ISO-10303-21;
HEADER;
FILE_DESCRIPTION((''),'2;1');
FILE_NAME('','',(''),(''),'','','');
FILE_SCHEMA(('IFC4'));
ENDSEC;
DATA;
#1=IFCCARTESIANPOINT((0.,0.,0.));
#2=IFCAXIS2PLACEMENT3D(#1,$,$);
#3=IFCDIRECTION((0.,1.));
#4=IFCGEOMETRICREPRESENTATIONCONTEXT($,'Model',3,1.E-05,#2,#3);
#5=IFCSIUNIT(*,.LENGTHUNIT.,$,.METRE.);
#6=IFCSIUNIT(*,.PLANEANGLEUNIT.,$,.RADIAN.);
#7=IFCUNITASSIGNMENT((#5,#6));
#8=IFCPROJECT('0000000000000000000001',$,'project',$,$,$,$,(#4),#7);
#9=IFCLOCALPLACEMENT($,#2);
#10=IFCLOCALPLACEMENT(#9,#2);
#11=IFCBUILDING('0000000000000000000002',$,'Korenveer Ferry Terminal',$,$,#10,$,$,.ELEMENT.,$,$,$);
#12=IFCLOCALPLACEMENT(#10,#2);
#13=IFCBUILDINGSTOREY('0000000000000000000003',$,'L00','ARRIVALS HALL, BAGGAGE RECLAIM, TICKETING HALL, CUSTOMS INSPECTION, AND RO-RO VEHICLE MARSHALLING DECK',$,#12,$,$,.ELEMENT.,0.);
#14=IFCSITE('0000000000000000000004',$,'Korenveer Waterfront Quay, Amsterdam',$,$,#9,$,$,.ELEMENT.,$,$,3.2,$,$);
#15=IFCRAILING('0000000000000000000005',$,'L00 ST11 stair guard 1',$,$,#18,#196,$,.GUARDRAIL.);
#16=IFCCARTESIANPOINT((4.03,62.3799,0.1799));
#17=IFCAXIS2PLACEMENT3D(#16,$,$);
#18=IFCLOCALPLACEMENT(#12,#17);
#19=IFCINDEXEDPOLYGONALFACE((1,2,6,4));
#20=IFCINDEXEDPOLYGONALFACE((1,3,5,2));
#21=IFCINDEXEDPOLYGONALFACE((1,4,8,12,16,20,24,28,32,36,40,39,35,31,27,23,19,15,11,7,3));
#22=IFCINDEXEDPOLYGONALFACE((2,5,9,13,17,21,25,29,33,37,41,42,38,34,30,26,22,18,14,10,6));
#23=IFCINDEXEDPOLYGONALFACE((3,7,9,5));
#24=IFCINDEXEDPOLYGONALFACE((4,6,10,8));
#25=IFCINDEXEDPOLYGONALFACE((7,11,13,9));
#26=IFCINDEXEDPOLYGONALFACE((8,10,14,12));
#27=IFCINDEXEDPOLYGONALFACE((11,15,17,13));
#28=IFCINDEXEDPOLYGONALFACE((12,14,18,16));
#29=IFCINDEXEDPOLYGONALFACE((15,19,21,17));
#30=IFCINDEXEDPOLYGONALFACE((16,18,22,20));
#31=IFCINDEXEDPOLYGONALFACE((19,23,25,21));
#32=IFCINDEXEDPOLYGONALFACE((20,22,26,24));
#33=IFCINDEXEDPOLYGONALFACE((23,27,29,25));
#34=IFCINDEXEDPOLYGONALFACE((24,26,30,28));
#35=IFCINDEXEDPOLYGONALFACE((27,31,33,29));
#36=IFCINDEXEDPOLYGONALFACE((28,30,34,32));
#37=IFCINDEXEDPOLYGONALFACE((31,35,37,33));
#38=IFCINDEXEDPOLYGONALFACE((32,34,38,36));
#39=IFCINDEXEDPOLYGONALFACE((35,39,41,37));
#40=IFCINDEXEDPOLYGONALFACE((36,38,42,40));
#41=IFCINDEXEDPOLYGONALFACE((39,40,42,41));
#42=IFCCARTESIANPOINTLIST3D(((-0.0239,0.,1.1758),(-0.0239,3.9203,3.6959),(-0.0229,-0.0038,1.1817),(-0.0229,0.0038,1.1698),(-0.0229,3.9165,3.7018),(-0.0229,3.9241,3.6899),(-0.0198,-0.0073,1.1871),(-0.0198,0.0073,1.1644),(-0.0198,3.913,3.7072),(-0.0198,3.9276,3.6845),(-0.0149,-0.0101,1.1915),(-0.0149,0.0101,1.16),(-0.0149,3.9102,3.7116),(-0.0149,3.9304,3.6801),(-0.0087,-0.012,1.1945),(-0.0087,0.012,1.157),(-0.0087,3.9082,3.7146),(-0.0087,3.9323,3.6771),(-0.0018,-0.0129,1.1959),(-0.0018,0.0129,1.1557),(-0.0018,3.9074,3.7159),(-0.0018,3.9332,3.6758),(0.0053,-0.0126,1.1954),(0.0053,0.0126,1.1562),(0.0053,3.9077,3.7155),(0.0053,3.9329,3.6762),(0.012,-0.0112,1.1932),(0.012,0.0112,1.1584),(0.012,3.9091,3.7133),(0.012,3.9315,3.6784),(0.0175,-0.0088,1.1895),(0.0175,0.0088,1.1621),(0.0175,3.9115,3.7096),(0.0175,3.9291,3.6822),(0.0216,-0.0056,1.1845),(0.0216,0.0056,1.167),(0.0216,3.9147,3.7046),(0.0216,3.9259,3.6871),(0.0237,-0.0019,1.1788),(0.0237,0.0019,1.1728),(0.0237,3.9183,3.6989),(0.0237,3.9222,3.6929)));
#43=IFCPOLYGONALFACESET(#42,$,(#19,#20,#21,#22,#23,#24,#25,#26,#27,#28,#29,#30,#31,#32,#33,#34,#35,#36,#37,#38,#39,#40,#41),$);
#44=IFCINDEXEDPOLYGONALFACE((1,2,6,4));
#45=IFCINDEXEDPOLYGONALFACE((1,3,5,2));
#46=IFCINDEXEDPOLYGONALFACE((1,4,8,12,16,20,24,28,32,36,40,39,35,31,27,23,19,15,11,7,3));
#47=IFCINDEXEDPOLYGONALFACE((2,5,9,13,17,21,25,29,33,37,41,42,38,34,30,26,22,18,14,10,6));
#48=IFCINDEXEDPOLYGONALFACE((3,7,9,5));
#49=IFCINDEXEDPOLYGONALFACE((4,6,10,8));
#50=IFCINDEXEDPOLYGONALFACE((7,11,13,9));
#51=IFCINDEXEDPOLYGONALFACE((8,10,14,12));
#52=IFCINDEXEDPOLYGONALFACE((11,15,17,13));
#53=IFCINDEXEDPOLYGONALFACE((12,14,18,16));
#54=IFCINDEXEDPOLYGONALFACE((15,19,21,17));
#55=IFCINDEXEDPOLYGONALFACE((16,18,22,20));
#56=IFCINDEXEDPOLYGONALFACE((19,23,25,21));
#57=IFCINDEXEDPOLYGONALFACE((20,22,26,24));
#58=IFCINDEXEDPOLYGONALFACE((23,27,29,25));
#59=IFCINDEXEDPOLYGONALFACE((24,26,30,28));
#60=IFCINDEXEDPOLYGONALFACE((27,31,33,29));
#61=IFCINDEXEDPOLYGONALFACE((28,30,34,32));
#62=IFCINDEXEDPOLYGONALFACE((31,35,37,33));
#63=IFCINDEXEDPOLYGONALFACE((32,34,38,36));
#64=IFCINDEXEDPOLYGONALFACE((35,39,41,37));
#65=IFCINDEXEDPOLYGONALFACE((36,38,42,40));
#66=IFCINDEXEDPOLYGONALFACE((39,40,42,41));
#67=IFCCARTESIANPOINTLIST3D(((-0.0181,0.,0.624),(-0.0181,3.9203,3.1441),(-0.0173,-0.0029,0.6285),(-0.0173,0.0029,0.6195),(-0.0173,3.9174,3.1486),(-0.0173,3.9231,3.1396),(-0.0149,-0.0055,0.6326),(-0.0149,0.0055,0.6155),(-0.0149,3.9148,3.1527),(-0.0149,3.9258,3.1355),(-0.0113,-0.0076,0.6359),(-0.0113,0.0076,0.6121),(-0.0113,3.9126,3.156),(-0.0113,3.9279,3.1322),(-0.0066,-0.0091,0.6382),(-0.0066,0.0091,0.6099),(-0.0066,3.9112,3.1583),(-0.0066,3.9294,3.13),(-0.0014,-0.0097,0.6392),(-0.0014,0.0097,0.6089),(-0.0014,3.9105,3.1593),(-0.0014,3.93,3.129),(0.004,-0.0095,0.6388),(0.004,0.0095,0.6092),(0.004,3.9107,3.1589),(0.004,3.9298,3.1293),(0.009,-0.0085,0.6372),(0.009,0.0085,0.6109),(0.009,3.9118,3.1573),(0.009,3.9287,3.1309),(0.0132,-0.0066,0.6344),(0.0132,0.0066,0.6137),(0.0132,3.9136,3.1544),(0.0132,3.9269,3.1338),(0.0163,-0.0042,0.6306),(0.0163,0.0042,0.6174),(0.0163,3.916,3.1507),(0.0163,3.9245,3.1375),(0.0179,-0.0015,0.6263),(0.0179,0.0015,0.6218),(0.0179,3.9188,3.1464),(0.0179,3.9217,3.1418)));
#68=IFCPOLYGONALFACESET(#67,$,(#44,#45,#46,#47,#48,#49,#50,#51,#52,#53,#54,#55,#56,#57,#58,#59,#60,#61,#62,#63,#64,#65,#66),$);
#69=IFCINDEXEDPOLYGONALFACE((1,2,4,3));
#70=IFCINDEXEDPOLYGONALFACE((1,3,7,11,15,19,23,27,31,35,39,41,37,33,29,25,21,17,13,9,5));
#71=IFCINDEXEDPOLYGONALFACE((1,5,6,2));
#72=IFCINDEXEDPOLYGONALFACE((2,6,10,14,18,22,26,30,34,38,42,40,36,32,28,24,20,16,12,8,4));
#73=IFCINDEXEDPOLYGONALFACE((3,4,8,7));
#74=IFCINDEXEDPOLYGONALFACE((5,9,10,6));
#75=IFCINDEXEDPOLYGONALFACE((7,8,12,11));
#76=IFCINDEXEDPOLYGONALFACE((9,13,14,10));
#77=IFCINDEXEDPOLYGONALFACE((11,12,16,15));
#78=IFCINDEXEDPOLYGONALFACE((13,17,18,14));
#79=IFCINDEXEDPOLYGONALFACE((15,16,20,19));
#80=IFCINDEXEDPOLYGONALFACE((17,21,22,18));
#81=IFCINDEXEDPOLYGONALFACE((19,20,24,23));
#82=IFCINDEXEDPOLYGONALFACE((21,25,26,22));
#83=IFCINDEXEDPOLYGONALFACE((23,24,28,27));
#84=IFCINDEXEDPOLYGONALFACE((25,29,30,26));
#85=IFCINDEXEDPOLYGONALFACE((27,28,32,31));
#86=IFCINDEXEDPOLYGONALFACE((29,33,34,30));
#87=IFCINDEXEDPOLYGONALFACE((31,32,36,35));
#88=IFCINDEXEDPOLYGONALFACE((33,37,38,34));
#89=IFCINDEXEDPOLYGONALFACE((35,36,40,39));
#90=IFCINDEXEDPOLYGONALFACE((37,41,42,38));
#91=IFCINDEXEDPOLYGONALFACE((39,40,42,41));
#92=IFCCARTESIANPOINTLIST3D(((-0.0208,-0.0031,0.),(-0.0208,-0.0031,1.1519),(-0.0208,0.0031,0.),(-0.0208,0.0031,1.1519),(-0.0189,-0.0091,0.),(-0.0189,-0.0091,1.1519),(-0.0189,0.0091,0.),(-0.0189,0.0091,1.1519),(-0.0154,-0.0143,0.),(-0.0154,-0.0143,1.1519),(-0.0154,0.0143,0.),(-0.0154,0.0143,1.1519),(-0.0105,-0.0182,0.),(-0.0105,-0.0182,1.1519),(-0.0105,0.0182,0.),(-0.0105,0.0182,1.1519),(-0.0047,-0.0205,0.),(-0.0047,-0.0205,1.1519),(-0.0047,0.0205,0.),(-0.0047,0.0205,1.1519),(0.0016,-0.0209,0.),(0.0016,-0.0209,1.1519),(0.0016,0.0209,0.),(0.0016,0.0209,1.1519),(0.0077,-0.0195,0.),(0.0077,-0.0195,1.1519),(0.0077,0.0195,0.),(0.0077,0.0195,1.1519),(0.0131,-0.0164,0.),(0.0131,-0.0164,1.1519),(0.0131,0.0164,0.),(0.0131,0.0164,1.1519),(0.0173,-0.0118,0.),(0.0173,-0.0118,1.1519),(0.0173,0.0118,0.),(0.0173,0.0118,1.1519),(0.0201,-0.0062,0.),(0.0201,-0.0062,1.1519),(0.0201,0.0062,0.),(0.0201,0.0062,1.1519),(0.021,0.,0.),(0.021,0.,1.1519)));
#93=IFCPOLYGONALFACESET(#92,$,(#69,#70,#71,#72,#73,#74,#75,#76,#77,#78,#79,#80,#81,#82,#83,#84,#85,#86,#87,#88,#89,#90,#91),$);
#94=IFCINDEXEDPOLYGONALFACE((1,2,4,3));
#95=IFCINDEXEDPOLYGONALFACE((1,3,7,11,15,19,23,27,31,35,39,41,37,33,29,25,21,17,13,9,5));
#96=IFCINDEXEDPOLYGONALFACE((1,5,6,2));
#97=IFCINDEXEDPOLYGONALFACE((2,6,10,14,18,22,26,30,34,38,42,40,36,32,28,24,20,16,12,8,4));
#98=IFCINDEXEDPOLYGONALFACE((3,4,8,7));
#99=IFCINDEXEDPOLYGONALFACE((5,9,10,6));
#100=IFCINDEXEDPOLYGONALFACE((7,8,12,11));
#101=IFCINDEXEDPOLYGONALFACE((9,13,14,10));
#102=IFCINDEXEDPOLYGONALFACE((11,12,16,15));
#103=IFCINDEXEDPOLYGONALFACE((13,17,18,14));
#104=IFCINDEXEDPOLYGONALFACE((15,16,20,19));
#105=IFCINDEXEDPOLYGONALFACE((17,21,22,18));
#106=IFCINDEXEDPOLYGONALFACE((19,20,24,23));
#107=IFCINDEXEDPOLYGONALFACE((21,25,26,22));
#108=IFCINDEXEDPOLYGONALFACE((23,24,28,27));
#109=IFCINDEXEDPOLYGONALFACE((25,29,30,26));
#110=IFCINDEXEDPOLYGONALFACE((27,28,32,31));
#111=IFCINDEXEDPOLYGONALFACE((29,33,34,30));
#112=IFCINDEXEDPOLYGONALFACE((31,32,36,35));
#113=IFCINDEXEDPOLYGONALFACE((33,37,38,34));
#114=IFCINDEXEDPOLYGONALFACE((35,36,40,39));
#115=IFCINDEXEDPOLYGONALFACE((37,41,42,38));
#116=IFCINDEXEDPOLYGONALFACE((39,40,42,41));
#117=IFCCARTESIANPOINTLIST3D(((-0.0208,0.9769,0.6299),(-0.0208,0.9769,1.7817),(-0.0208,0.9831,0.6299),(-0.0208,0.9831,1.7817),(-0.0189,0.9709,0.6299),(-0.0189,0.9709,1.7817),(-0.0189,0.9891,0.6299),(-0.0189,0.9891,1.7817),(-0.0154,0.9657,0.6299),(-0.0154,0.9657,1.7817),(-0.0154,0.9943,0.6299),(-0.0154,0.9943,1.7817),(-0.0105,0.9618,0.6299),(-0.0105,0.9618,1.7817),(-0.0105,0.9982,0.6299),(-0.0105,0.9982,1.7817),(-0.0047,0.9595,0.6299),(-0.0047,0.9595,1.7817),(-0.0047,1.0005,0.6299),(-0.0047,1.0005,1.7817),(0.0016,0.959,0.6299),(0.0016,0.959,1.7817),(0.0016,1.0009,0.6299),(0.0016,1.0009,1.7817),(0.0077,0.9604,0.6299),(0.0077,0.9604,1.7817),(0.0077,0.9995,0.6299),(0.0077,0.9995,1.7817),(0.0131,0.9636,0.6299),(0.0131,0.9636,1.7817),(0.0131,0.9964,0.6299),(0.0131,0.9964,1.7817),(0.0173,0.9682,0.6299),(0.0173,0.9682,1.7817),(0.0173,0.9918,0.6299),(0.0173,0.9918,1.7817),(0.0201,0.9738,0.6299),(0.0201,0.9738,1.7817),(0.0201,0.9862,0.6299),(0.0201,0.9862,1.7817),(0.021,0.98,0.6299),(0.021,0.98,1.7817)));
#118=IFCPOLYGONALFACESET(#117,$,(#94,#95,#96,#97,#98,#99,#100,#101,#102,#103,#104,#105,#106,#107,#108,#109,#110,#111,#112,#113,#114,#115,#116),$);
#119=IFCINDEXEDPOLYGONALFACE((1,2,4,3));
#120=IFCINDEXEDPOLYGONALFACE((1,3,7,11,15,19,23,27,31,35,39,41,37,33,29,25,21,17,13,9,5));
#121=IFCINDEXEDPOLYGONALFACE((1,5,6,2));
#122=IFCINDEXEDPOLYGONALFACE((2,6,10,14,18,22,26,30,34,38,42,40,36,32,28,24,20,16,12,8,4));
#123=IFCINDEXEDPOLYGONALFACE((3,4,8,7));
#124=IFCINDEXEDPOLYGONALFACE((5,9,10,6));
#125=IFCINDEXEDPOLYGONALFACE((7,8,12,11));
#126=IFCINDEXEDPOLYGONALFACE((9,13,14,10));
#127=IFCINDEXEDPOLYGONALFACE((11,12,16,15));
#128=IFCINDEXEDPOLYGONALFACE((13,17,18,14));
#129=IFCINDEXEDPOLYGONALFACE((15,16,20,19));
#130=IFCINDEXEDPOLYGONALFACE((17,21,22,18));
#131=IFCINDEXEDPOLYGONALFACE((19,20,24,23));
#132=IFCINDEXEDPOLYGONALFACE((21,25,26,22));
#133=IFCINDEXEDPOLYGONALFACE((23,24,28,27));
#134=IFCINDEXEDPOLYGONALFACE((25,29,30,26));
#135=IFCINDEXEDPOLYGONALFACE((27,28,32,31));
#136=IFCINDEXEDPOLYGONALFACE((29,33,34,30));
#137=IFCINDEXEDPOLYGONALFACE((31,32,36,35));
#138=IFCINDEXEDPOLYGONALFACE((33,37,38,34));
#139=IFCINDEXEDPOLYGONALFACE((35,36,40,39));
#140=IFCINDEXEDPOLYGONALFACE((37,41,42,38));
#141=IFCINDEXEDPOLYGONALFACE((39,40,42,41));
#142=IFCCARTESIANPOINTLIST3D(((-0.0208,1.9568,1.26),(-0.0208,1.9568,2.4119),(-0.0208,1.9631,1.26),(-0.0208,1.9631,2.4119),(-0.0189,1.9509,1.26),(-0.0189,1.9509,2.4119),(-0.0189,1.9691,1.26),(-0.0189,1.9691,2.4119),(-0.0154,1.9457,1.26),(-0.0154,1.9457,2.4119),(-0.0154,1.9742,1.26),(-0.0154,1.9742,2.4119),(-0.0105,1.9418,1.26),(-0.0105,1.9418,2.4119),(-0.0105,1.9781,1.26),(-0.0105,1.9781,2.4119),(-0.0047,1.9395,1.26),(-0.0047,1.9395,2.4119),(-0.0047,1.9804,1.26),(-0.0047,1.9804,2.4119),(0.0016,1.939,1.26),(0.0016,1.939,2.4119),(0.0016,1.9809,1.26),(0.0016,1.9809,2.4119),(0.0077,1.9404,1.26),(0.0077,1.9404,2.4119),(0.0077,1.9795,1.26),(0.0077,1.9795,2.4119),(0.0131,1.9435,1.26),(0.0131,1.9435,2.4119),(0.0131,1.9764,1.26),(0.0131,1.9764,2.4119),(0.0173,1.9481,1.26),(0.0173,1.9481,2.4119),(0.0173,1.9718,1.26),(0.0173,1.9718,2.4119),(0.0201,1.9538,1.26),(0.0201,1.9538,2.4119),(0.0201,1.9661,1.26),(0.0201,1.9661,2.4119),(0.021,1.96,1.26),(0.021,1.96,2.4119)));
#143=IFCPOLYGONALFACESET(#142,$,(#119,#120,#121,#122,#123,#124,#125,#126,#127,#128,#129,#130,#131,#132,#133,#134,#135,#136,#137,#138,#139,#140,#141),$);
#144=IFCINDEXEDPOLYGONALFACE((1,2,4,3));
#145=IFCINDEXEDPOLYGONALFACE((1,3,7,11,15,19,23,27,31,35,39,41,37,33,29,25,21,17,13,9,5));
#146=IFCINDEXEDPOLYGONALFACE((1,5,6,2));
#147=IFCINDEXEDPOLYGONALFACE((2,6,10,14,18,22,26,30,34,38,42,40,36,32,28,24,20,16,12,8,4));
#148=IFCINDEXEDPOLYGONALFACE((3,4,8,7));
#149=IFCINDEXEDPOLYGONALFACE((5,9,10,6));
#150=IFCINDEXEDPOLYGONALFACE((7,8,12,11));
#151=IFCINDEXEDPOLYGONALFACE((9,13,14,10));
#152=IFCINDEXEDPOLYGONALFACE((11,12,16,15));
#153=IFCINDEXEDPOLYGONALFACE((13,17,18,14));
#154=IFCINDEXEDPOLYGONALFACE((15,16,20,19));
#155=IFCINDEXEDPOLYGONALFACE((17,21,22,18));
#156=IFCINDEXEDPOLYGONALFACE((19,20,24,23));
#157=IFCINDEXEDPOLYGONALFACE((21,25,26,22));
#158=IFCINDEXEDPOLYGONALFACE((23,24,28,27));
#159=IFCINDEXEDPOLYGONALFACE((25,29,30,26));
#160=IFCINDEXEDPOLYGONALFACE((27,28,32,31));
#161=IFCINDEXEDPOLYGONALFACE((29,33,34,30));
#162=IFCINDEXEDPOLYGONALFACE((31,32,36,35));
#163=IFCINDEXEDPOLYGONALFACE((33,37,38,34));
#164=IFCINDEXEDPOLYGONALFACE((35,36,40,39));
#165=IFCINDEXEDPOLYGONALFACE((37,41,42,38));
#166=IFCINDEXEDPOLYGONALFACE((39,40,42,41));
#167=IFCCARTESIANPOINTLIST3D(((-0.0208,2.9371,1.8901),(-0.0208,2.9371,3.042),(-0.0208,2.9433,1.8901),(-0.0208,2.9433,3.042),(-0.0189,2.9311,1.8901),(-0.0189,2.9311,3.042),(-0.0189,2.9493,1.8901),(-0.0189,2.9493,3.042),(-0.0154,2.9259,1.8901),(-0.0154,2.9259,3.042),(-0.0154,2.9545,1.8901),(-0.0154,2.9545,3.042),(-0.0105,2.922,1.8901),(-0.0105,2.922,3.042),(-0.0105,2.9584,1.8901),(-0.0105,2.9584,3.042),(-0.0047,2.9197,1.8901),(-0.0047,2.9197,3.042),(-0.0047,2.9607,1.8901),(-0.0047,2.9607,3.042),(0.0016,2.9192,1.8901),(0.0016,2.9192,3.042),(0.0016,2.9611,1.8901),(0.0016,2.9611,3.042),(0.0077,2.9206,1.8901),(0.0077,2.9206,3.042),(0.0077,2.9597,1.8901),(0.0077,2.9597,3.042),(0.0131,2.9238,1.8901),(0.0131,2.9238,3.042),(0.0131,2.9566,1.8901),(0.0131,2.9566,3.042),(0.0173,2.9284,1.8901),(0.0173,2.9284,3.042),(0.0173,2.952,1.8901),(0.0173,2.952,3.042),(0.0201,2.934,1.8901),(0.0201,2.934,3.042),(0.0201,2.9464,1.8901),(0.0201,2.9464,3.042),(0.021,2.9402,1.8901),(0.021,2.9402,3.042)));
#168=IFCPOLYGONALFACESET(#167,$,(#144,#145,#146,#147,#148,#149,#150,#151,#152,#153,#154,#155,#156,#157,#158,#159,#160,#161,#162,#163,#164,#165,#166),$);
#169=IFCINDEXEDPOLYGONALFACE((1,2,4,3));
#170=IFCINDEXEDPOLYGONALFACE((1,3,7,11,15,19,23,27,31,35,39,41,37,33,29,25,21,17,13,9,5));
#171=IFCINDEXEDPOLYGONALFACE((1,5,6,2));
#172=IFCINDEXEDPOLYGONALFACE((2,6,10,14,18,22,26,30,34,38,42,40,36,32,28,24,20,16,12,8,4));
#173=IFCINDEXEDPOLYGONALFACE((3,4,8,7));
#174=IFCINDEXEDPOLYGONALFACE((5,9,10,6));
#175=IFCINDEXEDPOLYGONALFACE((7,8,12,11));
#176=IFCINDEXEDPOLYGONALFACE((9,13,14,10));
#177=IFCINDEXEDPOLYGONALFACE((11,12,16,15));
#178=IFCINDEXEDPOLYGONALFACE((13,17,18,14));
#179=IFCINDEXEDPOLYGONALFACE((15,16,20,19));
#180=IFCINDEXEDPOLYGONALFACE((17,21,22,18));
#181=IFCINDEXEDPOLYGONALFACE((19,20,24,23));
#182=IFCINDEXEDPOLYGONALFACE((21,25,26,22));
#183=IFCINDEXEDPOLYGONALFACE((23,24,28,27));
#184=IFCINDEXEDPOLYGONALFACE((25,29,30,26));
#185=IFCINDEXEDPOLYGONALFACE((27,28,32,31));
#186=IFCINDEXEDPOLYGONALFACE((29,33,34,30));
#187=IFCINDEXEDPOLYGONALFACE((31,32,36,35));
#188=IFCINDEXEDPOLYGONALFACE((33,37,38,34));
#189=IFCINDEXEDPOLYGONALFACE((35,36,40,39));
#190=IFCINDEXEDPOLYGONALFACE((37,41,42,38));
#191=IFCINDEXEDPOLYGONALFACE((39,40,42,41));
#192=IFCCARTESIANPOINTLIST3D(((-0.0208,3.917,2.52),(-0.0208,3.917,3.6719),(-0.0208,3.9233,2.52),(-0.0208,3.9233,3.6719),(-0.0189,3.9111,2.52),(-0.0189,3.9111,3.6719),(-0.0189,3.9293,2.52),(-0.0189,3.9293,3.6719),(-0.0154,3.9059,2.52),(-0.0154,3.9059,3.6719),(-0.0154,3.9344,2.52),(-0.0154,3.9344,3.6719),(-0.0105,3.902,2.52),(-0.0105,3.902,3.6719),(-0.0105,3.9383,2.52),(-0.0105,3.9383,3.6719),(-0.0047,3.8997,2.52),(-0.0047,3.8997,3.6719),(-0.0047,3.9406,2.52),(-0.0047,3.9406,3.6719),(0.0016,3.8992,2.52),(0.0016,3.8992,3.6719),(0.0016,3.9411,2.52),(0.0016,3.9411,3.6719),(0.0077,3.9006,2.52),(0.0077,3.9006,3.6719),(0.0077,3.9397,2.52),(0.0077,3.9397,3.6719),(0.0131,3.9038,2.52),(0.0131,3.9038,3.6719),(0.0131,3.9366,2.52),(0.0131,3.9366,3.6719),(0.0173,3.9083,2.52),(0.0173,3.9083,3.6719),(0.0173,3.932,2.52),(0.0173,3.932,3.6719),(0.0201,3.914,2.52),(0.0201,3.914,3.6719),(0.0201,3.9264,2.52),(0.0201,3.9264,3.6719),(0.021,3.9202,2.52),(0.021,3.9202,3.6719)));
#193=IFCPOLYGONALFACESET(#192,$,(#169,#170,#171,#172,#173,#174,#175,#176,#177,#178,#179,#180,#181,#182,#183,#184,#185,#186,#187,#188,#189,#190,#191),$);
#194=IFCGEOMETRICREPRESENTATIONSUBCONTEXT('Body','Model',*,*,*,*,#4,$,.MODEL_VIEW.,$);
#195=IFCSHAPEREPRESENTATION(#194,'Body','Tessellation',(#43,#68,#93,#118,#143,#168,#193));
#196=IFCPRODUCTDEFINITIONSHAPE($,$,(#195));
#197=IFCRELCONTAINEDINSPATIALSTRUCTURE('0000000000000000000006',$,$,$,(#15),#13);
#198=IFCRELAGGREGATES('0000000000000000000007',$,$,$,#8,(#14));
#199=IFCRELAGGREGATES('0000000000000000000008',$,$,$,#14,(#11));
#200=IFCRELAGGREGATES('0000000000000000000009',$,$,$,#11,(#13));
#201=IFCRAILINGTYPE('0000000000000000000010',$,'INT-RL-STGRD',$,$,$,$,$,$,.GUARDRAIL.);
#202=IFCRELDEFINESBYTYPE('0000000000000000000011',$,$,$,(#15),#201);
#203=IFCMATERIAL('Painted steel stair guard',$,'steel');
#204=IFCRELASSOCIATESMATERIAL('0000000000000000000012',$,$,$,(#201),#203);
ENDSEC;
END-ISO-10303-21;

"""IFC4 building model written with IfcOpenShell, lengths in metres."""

from ifc_helpers import new_model, si_unit, direction, frame, origin, origin_2d, place, context, subcontext, project, spatial, circle, extrude, material, type_object, element, save


model = new_model("IFC4")

# Units and contexts
model_context = context("Model", 3, precision=1e-05, world=origin(), true_north=direction((0.0, 1.0)))
body_context = subcontext(model_context, "Body", "Model", "MODEL_VIEW")
ifc_project = project(units=[si_unit("LENGTHUNIT", "METRE"), si_unit("PLANEANGLEUNIT", "RADIAN")], contexts=[model_context])

# Site, building, storey
site_placement = place(None, origin())
site = spatial("IfcSite", under=ifc_project, at=site_placement, Name="Korenveer Waterfront Quay, Amsterdam", CompositionType="ELEMENT", RefElevation=3.2)
building_placement = place(site_placement, origin())
building = spatial("IfcBuilding", under=site, at=building_placement, Name="Korenveer Ferry Terminal", CompositionType="ELEMENT")
storey_placement = place(building_placement, origin())
storey = spatial("IfcBuildingStorey", under=building, at=storey_placement, Name="L00", Description="ARRIVALS HALL, BAGGAGE RECLAIM, TICKETING HALL, CUSTOMS INSPECTION, AND RO-RO VEHICLE MARSHALLING DECK", CompositionType="ELEMENT", Elevation=0.0)

# Railing
ifc_material_1 = material(Name="Painted steel stair guard", Category="steel")
railing_type_1 = type_object("IfcRailingType", Name="INT-RL-STGRD", PredefinedType="GUARDRAIL", material=ifc_material_1)
railing_1_placement = place(storey_placement, frame((4.03, 62.3799, 0.1799)))
element("IfcRailing", 1, at=railing_1_placement, inside=storey, type_object=railing_type_1, Name="L00 ST11 stair guard 1", PredefinedType="GUARDRAIL", context=body_context, shape_type="SweptSolid", body=[
    extrude(circle(Radius=0.0239, at=origin_2d()), frame((0.0, 0.0, 1.1758), z_axis=(0.0, 0.841187, 0.540744), x_axis=(-1.0, 0.0, 0.0)), (0.0, 0.0, 1.0), 4.6604),
    extrude(circle(Radius=0.0181, at=origin_2d()), frame((0.0, 0.0, 0.624), z_axis=(0.0, 0.841187, 0.540744), x_axis=(-1.0, 0.0, 0.0)), (0.0, 0.0, 1.0), 4.6604),
    extrude(circle(Radius=0.021, at=origin_2d()), origin(), (0.0, 0.0, 1.0), 1.1519),
    extrude(circle(Radius=0.021, at=origin_2d()), frame((0.0, 0.98, 0.6299)), (0.0, 0.0, 1.0), 1.1519),
    extrude(circle(Radius=0.021, at=origin_2d()), frame((0.0, 1.96, 1.26)), (0.0, 0.0, 1.0), 1.1519),
    extrude(circle(Radius=0.021, at=origin_2d()), frame((0.0, 2.9402, 1.8901)), (0.0, 0.0, 1.0), 1.1519),
    extrude(circle(Radius=0.021, at=origin_2d()), frame((0.0, 3.9202, 2.52)), (0.0, 0.0, 1.0), 1.1519),
])

save(model, "model.ifc")
